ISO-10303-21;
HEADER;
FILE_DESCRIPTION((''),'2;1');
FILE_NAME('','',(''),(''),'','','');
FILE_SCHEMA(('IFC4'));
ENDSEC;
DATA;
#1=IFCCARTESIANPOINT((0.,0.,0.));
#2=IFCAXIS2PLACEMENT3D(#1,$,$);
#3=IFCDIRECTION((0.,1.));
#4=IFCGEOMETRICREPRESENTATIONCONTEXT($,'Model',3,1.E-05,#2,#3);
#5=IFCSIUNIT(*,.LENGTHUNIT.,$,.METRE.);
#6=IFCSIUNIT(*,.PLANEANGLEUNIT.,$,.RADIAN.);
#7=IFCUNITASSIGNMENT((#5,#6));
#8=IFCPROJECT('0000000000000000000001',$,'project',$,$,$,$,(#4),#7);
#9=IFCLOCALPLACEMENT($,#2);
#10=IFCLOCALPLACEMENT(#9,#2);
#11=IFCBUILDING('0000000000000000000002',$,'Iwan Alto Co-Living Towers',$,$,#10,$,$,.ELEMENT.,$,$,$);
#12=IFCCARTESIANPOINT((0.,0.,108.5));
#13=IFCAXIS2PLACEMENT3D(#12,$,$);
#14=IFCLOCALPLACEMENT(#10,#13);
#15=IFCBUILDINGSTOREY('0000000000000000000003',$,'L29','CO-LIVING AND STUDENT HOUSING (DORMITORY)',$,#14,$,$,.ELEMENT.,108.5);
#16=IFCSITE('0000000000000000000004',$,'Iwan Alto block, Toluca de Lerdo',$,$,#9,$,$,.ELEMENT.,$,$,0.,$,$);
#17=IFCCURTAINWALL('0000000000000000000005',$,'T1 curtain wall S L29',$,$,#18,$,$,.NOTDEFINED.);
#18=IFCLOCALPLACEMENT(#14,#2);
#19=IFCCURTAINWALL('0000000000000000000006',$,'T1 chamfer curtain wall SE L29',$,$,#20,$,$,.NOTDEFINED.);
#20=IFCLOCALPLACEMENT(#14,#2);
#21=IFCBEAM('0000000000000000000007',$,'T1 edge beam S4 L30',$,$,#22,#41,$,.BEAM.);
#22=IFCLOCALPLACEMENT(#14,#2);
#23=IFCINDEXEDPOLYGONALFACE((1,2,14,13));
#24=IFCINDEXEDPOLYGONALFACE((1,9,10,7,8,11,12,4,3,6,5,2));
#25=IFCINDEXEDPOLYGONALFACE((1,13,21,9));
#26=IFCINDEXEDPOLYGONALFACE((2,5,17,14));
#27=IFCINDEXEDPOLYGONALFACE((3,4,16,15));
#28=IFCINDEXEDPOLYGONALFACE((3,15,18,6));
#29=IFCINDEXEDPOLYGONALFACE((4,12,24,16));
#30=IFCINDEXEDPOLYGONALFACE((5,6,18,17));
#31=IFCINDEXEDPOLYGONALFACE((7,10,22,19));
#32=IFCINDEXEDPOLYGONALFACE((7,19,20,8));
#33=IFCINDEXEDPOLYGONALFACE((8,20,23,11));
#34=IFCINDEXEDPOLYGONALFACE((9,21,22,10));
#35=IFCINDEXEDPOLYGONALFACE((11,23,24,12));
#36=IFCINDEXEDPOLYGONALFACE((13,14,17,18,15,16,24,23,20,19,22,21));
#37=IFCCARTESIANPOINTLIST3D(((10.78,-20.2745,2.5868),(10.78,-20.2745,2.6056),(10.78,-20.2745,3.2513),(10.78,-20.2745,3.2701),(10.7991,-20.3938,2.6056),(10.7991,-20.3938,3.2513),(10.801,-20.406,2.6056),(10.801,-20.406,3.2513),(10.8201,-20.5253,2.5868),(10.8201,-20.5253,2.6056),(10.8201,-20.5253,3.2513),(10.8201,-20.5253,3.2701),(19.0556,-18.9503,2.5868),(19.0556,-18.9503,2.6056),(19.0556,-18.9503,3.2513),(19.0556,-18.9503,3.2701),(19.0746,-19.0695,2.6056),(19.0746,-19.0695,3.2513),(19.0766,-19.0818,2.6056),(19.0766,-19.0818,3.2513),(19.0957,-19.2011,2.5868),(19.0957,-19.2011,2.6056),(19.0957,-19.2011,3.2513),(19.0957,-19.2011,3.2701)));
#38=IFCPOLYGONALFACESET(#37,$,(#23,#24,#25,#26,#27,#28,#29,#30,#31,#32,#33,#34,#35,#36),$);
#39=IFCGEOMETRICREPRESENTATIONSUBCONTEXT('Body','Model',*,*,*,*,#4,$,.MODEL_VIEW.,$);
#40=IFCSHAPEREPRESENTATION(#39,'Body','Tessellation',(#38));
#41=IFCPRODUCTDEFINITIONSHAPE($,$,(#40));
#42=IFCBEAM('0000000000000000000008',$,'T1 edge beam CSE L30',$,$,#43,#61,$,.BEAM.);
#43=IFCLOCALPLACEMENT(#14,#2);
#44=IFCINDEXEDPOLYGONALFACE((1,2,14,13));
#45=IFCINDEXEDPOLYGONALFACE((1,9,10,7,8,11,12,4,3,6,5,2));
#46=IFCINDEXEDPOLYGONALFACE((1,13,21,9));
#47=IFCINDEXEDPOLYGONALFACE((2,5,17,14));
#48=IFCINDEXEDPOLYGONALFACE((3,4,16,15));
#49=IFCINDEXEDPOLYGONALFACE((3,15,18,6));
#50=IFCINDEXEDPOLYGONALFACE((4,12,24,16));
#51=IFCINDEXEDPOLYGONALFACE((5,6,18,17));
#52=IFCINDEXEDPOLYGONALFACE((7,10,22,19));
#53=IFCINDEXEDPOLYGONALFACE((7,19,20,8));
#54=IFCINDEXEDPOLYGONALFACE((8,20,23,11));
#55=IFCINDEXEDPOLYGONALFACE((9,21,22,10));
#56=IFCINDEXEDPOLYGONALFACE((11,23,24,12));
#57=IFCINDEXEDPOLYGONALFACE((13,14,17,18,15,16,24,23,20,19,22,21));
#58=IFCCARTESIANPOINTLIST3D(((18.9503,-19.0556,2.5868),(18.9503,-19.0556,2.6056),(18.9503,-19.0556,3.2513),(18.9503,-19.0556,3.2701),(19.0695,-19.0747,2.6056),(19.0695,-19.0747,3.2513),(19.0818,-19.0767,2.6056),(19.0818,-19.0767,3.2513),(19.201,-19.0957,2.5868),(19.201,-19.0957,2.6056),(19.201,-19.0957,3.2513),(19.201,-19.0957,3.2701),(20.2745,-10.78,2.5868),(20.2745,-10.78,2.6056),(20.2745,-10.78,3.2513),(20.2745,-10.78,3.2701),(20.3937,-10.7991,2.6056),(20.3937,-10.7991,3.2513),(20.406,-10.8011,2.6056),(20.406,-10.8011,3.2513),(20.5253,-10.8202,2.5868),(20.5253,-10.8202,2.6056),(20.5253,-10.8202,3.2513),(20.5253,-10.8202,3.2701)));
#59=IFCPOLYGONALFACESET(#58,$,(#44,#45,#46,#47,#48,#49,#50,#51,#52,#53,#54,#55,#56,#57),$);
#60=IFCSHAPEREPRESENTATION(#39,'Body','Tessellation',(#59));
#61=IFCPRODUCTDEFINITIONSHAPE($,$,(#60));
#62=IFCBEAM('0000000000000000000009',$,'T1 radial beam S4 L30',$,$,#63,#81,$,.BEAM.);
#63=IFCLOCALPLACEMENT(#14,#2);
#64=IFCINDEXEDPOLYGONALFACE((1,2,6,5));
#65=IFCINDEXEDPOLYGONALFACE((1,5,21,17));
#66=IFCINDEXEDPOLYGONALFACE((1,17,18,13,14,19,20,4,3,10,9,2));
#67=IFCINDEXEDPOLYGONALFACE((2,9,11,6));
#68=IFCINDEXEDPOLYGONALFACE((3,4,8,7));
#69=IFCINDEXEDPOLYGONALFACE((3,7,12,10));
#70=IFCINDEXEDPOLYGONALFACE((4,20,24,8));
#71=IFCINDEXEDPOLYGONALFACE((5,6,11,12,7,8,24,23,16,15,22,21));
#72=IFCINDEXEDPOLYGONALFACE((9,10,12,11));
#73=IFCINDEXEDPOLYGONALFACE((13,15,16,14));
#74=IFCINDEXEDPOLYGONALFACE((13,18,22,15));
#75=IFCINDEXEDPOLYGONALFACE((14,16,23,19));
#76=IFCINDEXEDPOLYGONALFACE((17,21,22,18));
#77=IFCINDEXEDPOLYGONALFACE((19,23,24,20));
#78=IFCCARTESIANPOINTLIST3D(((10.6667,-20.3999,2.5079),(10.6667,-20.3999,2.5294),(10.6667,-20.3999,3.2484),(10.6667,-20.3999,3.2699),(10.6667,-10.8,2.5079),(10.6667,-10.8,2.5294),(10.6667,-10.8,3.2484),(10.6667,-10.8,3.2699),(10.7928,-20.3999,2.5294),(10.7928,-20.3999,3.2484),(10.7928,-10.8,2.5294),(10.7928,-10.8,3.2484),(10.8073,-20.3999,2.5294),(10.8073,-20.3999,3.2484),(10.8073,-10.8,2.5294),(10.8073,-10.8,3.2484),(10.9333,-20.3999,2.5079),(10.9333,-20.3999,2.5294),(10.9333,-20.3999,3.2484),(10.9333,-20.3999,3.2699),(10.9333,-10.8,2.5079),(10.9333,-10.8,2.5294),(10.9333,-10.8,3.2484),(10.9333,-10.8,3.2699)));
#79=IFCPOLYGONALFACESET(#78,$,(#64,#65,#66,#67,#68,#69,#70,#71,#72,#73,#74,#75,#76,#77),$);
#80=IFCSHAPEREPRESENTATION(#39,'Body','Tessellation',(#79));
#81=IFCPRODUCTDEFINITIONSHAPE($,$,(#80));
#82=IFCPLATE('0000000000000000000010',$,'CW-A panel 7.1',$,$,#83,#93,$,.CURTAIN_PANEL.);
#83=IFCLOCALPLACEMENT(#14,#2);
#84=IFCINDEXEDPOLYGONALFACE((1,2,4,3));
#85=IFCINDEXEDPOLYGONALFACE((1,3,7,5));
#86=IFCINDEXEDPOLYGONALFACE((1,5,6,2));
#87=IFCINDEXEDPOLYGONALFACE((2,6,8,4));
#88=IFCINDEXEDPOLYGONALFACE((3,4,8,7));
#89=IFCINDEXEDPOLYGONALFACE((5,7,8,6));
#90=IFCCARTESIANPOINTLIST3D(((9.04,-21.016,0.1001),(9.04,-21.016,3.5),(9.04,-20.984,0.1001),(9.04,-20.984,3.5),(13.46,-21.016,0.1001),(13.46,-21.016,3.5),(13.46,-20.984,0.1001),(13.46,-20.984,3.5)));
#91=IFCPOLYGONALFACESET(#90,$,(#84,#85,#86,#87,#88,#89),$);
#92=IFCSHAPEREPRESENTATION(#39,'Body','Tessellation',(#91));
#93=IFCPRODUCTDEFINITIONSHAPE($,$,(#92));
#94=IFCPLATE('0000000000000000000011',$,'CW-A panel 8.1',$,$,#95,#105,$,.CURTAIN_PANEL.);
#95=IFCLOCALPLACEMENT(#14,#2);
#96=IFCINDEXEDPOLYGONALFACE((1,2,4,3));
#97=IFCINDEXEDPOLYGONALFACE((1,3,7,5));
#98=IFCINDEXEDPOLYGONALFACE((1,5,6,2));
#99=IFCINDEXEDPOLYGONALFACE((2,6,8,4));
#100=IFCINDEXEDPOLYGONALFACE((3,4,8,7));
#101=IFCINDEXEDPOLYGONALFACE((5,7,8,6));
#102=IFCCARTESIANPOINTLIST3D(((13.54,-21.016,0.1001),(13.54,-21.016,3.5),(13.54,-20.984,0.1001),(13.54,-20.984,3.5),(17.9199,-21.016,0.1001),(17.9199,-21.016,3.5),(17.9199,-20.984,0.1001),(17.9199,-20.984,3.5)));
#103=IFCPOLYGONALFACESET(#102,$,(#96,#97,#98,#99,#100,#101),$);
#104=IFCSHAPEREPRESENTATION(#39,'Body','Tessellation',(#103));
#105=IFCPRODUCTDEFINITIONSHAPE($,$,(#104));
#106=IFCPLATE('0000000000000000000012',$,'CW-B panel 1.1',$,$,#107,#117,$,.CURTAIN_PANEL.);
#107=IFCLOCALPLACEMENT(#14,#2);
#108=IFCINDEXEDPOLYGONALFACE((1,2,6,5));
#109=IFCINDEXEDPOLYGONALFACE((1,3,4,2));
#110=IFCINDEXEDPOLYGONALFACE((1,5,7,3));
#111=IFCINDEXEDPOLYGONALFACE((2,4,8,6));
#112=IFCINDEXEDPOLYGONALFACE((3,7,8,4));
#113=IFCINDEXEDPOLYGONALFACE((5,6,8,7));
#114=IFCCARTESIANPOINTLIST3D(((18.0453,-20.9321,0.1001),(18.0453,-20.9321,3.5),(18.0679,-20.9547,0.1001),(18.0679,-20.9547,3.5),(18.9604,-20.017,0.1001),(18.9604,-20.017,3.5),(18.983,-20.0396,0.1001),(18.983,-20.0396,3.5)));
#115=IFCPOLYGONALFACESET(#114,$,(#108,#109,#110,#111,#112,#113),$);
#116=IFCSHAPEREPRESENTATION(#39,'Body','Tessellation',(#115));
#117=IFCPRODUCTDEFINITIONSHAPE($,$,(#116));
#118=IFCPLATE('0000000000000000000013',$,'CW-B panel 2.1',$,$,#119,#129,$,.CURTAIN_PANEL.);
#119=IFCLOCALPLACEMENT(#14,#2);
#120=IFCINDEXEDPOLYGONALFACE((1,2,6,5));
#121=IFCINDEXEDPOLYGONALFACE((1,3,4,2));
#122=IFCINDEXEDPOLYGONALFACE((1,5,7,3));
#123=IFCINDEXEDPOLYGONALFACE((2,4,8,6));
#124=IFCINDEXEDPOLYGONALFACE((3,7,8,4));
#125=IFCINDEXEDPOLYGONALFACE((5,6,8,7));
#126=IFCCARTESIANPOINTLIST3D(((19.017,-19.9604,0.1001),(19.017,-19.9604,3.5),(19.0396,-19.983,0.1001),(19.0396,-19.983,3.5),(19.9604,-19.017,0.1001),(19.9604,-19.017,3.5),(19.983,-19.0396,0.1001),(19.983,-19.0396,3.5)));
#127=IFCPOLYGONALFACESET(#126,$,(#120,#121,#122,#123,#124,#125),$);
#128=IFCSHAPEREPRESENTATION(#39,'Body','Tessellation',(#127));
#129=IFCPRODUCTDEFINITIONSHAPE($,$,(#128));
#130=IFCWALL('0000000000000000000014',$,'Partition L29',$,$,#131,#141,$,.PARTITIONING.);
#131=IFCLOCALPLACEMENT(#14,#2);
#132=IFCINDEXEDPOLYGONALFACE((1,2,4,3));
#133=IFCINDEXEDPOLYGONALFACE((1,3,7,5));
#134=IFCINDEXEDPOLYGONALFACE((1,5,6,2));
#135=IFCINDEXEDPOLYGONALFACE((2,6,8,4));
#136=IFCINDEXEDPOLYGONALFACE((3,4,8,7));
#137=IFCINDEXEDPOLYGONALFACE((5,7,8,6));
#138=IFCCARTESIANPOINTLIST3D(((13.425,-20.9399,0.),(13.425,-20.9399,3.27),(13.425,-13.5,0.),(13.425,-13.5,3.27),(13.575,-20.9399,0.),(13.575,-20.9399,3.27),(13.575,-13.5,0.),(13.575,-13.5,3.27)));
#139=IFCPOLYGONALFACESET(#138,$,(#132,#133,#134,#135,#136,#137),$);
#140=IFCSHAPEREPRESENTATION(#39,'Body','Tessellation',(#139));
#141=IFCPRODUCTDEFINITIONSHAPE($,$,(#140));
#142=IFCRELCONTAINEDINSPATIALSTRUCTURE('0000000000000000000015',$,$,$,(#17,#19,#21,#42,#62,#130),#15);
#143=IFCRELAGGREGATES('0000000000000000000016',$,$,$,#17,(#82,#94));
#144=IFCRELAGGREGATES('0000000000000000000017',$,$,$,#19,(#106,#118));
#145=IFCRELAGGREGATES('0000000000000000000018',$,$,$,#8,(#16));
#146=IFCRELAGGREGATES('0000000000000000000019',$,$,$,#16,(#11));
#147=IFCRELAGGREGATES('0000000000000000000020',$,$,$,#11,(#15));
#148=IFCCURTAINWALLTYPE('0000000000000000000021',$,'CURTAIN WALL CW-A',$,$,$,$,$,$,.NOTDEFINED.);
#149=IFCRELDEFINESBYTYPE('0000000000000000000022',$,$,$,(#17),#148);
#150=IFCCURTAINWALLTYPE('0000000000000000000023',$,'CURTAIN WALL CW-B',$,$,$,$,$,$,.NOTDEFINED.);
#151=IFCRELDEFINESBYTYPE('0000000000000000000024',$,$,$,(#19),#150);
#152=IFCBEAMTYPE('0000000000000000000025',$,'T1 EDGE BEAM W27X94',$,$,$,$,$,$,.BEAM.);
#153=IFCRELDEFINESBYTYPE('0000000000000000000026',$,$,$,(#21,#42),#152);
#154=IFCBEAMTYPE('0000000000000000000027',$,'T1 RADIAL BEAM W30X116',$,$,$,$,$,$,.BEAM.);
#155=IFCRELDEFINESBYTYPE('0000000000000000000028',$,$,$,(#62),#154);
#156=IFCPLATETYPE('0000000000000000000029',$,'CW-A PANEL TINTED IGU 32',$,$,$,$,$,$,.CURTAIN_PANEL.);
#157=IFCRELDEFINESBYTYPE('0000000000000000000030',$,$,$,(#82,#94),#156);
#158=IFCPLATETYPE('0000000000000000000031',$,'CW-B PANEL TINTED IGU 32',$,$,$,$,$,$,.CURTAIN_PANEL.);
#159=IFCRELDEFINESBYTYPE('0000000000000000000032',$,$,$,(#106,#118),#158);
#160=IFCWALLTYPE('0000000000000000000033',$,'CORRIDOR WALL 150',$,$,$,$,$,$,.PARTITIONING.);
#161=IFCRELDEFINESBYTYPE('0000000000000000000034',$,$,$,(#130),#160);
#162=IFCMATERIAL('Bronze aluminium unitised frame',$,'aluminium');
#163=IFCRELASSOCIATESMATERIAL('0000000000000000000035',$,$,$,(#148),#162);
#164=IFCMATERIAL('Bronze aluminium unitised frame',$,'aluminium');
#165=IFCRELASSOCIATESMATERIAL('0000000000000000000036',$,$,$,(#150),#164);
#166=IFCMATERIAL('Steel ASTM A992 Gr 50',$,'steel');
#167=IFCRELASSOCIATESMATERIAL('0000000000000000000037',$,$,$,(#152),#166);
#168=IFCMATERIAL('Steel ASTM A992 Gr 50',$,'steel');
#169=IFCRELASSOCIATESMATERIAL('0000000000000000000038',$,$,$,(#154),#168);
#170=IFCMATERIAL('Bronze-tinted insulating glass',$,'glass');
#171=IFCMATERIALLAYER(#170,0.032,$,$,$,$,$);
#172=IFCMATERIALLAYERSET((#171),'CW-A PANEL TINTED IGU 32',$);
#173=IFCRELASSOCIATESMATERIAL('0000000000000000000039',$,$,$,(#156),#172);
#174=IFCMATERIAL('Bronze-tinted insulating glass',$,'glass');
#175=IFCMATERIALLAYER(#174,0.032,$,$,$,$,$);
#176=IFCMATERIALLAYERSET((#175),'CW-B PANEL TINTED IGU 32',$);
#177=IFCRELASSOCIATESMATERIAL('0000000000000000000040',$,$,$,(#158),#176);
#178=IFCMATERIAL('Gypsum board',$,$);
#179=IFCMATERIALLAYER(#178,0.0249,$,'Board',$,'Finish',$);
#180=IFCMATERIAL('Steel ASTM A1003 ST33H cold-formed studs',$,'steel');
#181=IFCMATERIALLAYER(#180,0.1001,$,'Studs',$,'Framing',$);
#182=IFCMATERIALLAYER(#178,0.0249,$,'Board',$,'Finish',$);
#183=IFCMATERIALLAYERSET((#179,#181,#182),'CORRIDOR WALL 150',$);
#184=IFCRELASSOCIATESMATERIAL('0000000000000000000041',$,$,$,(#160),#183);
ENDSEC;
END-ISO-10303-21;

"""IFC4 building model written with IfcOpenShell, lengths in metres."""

from ifc_helpers import new_model, si_unit, direction, frame, frame_2d, origin, origin_2d, place, context, subcontext, project, spatial, rectangle, i_section, extrude, material, layer, layer_set, material_profile, profile_set, type_object, element, aggregate, save


model = new_model("IFC4")

# Units and contexts
model_context = context("Model", 3, precision=1e-05, world=origin(), true_north=direction((0.0, 1.0)))
body_context = subcontext(model_context, "Body", "Model", "MODEL_VIEW")
ifc_project = project(units=[si_unit("LENGTHUNIT", "METRE"), si_unit("PLANEANGLEUNIT", "RADIAN")], contexts=[model_context])

# Site, building, storey
site_placement = place(None, origin())
site = spatial("IfcSite", under=ifc_project, at=site_placement, Name="Iwan Alto block, Toluca de Lerdo", CompositionType="ELEMENT", RefElevation=0.0)
building_placement = place(site_placement, origin())
building = spatial("IfcBuilding", under=site, at=building_placement, Name="Iwan Alto Co-Living Towers", CompositionType="ELEMENT")
storey_placement = place(building_placement, frame((0.0, 0.0, 108.5)))
storey = spatial("IfcBuildingStorey", under=building, at=storey_placement, Name="L29", Description="CO-LIVING AND STUDENT HOUSING (DORMITORY)", CompositionType="ELEMENT", Elevation=108.5)

# Curtain walls
ifc_material_1 = material(Name="Bronze aluminium unitised frame", Category="aluminium")
curtain_wall_type_1 = type_object("IfcCurtainWallType", Name="CURTAIN WALL CW-A", PredefinedType="NOTDEFINED", material=ifc_material_1)
curtain_wall_1_placement = place(storey_placement, origin())
curtain_wall_1 = element("IfcCurtainWall", 1, at=curtain_wall_1_placement, inside=storey, type_object=curtain_wall_type_1, Name="T1 curtain wall S L29", PredefinedType="NOTDEFINED")
ifc_material_2 = material(Name="Bronze aluminium unitised frame", Category="aluminium")
curtain_wall_type_2 = type_object("IfcCurtainWallType", Name="CURTAIN WALL CW-B", PredefinedType="NOTDEFINED", material=ifc_material_2)
curtain_wall_2_placement = place(storey_placement, origin())
curtain_wall_2 = element("IfcCurtainWall", 2, at=curtain_wall_2_placement, inside=storey, type_object=curtain_wall_type_2, Name="T1 chamfer curtain wall SE L29", PredefinedType="NOTDEFINED")

# Beams
ifc_material_3 = material(Name="Steel ASTM A992 Gr 50", Category="steel")
ifc_material_profile_1 = material_profile(ifc_material_3, i_section(OverallWidth=0.2539, OverallDepth=0.6833, WebThickness=0.0125, FlangeThickness=0.0188, at=origin_2d()), Name="W27X94")
ifc_profile_set_1 = profile_set([ifc_material_profile_1], Name="Steel ASTM A992 Gr 50")
beam_type_1 = type_object("IfcBeamType", Name="T1 EDGE BEAM W27X94", PredefinedType="BEAM", material=ifc_profile_set_1)
for number, where, z_axis, x_axis, name in (
    (3, (10.8, -20.3999, 2.9285), (0.987438, 0.158004, 0.0), (-0.158004, 0.987438, 0.0), "T1 edge beam S4 L30"),
    (4, (19.0757, -19.0757, 2.9285), (0.158004, 0.987438, 0.0), (-0.987438, 0.158004, 0.0), "T1 edge beam CSE L30"),
):
    element("IfcBeam", number, at=place(storey_placement, frame(where, z_axis=z_axis, x_axis=x_axis)), inside=storey, type_object=beam_type_1, Name=name, PredefinedType="BEAM", context=body_context, shape_type="SweptSolid", body=[
        extrude(i_section(OverallWidth=0.2539, OverallDepth=0.6833, WebThickness=0.0125, FlangeThickness=0.0188, at=origin_2d()), origin(), (0.0, 0.0, 1.0), 8.3809),
    ])
ifc_material_4 = material(Name="Steel ASTM A992 Gr 50", Category="steel")
ifc_material_profile_2 = material_profile(ifc_material_4, i_section(OverallWidth=0.2666, OverallDepth=0.762, WebThickness=0.0144, FlangeThickness=0.0215, at=origin_2d()), Name="W30X116")
ifc_profile_set_2 = profile_set([ifc_material_profile_2], Name="Steel ASTM A992 Gr 50")
beam_type_2 = type_object("IfcBeamType", Name="T1 RADIAL BEAM W30X116", PredefinedType="BEAM", material=ifc_profile_set_2)
beam_1_placement = place(storey_placement, frame((10.8, -20.3999, 2.8889), z_axis=(0.0, 1.0, 0.0), x_axis=(-1.0, 0.0, 0.0)))
element("IfcBeam", 5, at=beam_1_placement, inside=storey, type_object=beam_type_2, Name="T1 radial beam S4 L30", PredefinedType="BEAM", context=body_context, shape_type="SweptSolid", body=[
    extrude(i_section(OverallWidth=0.2666, OverallDepth=0.762, WebThickness=0.0144, FlangeThickness=0.0215, at=origin_2d()), origin(), (0.0, 0.0, 1.0), 9.5999),
])

# Plates
ifc_material_5 = material(Name="Bronze-tinted insulating glass", Category="glass")
ifc_layer_1 = layer(ifc_material_5, 0.032)
ifc_layer_set_1 = layer_set([ifc_layer_1], Name="CW-A PANEL TINTED IGU 32")
plate_type_1 = type_object("IfcPlateType", Name="CW-A PANEL TINTED IGU 32", PredefinedType="CURTAIN_PANEL", material=ifc_layer_set_1)
plate_1_placement = place(storey_placement, frame((11.25, -21.0, 0.1001), z_axis=(0.0, 0.0, 1.0), x_axis=(1.0, 0.0, 0.0)))
plate_1 = element("IfcPlate", 6, at=plate_1_placement, type_object=plate_type_1, Name="CW-A panel 7.1", PredefinedType="CURTAIN_PANEL", context=body_context, shape_type="SweptSolid", body=[
    extrude(rectangle(XDim=4.4199, YDim=0.032, at=origin_2d()), origin(), (0.0, 0.0, 1.0), 3.3999),
])
plate_2_placement = place(storey_placement, frame((15.73, -21.0, 0.1001), z_axis=(0.0, 0.0, 1.0), x_axis=(1.0, 0.0, 0.0)))
plate_2 = element("IfcPlate", 7, at=plate_2_placement, type_object=plate_type_1, Name="CW-A panel 8.1", PredefinedType="CURTAIN_PANEL", context=body_context, shape_type="SweptSolid", body=[
    extrude(rectangle(XDim=4.3799, YDim=0.032, at=origin_2d()), origin(), (0.0, 0.0, 1.0), 3.3999),
])
aggregate(curtain_wall_1, [plate_1, plate_2])
ifc_material_6 = material(Name="Bronze-tinted insulating glass", Category="glass")
ifc_layer_2 = layer(ifc_material_6, 0.032)
ifc_layer_set_2 = layer_set([ifc_layer_2], Name="CW-B PANEL TINTED IGU 32")
plate_type_2 = type_object("IfcPlateType", Name="CW-B PANEL TINTED IGU 32", PredefinedType="CURTAIN_PANEL", material=ifc_layer_set_2)
plate_3_placement = place(storey_placement, frame((18.5142, -20.4858, 0.1001), z_axis=(0.0, 0.0, 1.0), x_axis=(0.707107, 0.707107, 0.0)))
plate_3 = element("IfcPlate", 8, at=plate_3_placement, type_object=plate_type_2, Name="CW-B panel 1.1", PredefinedType="CURTAIN_PANEL", context=body_context, shape_type="SweptSolid", body=[
    extrude(rectangle(XDim=1.2942, YDim=0.032, at=origin_2d()), origin(), (0.0, 0.0, 1.0), 3.3999),
])
plate_4_placement = place(storey_placement, frame((19.5, -19.5, 0.1001), z_axis=(0.0, 0.0, 1.0), x_axis=(0.707107, 0.707107, 0.0)))
plate_4 = element("IfcPlate", 9, at=plate_4_placement, type_object=plate_type_2, Name="CW-B panel 2.1", PredefinedType="CURTAIN_PANEL", context=body_context, shape_type="SweptSolid", body=[
    extrude(rectangle(XDim=1.3342, YDim=0.032, at=origin_2d()), origin(), (0.0, 0.0, 1.0), 3.3999),
])
aggregate(curtain_wall_2, [plate_3, plate_4])

# Wall
ifc_material_7 = material(Name="Gypsum board")
ifc_layer_3 = layer(ifc_material_7, 0.0249, Name="Board", Category="Finish")
ifc_material_8 = material(Name="Steel ASTM A1003 ST33H cold-formed studs", Category="steel")
ifc_layer_4 = layer(ifc_material_8, 0.1001, Name="Studs", Category="Framing")
ifc_layer_5 = layer(ifc_material_7, 0.0249, Name="Board", Category="Finish")
ifc_layer_set_3 = layer_set([ifc_layer_3, ifc_layer_4, ifc_layer_5], Name="CORRIDOR WALL 150")
wall_type = type_object("IfcWallType", Name="CORRIDOR WALL 150", PredefinedType="PARTITIONING", material=ifc_layer_set_3)
wall_placement = place(storey_placement, frame((13.5, -20.9399, 0.0), z_axis=(0.0, 0.0, 1.0), x_axis=(0.0, 1.0, 0.0)))
element("IfcWall", 10, at=wall_placement, inside=storey, type_object=wall_type, Name="Partition L29", PredefinedType="PARTITIONING", context=body_context, shape_type="SweptSolid", body=[
    extrude(rectangle(XDim=7.4399, YDim=0.1499, at=frame_2d((3.72, 0.0))), origin(), (0.0, 0.0, 1.0), 3.27),
])

save(model, "model.ifc")
